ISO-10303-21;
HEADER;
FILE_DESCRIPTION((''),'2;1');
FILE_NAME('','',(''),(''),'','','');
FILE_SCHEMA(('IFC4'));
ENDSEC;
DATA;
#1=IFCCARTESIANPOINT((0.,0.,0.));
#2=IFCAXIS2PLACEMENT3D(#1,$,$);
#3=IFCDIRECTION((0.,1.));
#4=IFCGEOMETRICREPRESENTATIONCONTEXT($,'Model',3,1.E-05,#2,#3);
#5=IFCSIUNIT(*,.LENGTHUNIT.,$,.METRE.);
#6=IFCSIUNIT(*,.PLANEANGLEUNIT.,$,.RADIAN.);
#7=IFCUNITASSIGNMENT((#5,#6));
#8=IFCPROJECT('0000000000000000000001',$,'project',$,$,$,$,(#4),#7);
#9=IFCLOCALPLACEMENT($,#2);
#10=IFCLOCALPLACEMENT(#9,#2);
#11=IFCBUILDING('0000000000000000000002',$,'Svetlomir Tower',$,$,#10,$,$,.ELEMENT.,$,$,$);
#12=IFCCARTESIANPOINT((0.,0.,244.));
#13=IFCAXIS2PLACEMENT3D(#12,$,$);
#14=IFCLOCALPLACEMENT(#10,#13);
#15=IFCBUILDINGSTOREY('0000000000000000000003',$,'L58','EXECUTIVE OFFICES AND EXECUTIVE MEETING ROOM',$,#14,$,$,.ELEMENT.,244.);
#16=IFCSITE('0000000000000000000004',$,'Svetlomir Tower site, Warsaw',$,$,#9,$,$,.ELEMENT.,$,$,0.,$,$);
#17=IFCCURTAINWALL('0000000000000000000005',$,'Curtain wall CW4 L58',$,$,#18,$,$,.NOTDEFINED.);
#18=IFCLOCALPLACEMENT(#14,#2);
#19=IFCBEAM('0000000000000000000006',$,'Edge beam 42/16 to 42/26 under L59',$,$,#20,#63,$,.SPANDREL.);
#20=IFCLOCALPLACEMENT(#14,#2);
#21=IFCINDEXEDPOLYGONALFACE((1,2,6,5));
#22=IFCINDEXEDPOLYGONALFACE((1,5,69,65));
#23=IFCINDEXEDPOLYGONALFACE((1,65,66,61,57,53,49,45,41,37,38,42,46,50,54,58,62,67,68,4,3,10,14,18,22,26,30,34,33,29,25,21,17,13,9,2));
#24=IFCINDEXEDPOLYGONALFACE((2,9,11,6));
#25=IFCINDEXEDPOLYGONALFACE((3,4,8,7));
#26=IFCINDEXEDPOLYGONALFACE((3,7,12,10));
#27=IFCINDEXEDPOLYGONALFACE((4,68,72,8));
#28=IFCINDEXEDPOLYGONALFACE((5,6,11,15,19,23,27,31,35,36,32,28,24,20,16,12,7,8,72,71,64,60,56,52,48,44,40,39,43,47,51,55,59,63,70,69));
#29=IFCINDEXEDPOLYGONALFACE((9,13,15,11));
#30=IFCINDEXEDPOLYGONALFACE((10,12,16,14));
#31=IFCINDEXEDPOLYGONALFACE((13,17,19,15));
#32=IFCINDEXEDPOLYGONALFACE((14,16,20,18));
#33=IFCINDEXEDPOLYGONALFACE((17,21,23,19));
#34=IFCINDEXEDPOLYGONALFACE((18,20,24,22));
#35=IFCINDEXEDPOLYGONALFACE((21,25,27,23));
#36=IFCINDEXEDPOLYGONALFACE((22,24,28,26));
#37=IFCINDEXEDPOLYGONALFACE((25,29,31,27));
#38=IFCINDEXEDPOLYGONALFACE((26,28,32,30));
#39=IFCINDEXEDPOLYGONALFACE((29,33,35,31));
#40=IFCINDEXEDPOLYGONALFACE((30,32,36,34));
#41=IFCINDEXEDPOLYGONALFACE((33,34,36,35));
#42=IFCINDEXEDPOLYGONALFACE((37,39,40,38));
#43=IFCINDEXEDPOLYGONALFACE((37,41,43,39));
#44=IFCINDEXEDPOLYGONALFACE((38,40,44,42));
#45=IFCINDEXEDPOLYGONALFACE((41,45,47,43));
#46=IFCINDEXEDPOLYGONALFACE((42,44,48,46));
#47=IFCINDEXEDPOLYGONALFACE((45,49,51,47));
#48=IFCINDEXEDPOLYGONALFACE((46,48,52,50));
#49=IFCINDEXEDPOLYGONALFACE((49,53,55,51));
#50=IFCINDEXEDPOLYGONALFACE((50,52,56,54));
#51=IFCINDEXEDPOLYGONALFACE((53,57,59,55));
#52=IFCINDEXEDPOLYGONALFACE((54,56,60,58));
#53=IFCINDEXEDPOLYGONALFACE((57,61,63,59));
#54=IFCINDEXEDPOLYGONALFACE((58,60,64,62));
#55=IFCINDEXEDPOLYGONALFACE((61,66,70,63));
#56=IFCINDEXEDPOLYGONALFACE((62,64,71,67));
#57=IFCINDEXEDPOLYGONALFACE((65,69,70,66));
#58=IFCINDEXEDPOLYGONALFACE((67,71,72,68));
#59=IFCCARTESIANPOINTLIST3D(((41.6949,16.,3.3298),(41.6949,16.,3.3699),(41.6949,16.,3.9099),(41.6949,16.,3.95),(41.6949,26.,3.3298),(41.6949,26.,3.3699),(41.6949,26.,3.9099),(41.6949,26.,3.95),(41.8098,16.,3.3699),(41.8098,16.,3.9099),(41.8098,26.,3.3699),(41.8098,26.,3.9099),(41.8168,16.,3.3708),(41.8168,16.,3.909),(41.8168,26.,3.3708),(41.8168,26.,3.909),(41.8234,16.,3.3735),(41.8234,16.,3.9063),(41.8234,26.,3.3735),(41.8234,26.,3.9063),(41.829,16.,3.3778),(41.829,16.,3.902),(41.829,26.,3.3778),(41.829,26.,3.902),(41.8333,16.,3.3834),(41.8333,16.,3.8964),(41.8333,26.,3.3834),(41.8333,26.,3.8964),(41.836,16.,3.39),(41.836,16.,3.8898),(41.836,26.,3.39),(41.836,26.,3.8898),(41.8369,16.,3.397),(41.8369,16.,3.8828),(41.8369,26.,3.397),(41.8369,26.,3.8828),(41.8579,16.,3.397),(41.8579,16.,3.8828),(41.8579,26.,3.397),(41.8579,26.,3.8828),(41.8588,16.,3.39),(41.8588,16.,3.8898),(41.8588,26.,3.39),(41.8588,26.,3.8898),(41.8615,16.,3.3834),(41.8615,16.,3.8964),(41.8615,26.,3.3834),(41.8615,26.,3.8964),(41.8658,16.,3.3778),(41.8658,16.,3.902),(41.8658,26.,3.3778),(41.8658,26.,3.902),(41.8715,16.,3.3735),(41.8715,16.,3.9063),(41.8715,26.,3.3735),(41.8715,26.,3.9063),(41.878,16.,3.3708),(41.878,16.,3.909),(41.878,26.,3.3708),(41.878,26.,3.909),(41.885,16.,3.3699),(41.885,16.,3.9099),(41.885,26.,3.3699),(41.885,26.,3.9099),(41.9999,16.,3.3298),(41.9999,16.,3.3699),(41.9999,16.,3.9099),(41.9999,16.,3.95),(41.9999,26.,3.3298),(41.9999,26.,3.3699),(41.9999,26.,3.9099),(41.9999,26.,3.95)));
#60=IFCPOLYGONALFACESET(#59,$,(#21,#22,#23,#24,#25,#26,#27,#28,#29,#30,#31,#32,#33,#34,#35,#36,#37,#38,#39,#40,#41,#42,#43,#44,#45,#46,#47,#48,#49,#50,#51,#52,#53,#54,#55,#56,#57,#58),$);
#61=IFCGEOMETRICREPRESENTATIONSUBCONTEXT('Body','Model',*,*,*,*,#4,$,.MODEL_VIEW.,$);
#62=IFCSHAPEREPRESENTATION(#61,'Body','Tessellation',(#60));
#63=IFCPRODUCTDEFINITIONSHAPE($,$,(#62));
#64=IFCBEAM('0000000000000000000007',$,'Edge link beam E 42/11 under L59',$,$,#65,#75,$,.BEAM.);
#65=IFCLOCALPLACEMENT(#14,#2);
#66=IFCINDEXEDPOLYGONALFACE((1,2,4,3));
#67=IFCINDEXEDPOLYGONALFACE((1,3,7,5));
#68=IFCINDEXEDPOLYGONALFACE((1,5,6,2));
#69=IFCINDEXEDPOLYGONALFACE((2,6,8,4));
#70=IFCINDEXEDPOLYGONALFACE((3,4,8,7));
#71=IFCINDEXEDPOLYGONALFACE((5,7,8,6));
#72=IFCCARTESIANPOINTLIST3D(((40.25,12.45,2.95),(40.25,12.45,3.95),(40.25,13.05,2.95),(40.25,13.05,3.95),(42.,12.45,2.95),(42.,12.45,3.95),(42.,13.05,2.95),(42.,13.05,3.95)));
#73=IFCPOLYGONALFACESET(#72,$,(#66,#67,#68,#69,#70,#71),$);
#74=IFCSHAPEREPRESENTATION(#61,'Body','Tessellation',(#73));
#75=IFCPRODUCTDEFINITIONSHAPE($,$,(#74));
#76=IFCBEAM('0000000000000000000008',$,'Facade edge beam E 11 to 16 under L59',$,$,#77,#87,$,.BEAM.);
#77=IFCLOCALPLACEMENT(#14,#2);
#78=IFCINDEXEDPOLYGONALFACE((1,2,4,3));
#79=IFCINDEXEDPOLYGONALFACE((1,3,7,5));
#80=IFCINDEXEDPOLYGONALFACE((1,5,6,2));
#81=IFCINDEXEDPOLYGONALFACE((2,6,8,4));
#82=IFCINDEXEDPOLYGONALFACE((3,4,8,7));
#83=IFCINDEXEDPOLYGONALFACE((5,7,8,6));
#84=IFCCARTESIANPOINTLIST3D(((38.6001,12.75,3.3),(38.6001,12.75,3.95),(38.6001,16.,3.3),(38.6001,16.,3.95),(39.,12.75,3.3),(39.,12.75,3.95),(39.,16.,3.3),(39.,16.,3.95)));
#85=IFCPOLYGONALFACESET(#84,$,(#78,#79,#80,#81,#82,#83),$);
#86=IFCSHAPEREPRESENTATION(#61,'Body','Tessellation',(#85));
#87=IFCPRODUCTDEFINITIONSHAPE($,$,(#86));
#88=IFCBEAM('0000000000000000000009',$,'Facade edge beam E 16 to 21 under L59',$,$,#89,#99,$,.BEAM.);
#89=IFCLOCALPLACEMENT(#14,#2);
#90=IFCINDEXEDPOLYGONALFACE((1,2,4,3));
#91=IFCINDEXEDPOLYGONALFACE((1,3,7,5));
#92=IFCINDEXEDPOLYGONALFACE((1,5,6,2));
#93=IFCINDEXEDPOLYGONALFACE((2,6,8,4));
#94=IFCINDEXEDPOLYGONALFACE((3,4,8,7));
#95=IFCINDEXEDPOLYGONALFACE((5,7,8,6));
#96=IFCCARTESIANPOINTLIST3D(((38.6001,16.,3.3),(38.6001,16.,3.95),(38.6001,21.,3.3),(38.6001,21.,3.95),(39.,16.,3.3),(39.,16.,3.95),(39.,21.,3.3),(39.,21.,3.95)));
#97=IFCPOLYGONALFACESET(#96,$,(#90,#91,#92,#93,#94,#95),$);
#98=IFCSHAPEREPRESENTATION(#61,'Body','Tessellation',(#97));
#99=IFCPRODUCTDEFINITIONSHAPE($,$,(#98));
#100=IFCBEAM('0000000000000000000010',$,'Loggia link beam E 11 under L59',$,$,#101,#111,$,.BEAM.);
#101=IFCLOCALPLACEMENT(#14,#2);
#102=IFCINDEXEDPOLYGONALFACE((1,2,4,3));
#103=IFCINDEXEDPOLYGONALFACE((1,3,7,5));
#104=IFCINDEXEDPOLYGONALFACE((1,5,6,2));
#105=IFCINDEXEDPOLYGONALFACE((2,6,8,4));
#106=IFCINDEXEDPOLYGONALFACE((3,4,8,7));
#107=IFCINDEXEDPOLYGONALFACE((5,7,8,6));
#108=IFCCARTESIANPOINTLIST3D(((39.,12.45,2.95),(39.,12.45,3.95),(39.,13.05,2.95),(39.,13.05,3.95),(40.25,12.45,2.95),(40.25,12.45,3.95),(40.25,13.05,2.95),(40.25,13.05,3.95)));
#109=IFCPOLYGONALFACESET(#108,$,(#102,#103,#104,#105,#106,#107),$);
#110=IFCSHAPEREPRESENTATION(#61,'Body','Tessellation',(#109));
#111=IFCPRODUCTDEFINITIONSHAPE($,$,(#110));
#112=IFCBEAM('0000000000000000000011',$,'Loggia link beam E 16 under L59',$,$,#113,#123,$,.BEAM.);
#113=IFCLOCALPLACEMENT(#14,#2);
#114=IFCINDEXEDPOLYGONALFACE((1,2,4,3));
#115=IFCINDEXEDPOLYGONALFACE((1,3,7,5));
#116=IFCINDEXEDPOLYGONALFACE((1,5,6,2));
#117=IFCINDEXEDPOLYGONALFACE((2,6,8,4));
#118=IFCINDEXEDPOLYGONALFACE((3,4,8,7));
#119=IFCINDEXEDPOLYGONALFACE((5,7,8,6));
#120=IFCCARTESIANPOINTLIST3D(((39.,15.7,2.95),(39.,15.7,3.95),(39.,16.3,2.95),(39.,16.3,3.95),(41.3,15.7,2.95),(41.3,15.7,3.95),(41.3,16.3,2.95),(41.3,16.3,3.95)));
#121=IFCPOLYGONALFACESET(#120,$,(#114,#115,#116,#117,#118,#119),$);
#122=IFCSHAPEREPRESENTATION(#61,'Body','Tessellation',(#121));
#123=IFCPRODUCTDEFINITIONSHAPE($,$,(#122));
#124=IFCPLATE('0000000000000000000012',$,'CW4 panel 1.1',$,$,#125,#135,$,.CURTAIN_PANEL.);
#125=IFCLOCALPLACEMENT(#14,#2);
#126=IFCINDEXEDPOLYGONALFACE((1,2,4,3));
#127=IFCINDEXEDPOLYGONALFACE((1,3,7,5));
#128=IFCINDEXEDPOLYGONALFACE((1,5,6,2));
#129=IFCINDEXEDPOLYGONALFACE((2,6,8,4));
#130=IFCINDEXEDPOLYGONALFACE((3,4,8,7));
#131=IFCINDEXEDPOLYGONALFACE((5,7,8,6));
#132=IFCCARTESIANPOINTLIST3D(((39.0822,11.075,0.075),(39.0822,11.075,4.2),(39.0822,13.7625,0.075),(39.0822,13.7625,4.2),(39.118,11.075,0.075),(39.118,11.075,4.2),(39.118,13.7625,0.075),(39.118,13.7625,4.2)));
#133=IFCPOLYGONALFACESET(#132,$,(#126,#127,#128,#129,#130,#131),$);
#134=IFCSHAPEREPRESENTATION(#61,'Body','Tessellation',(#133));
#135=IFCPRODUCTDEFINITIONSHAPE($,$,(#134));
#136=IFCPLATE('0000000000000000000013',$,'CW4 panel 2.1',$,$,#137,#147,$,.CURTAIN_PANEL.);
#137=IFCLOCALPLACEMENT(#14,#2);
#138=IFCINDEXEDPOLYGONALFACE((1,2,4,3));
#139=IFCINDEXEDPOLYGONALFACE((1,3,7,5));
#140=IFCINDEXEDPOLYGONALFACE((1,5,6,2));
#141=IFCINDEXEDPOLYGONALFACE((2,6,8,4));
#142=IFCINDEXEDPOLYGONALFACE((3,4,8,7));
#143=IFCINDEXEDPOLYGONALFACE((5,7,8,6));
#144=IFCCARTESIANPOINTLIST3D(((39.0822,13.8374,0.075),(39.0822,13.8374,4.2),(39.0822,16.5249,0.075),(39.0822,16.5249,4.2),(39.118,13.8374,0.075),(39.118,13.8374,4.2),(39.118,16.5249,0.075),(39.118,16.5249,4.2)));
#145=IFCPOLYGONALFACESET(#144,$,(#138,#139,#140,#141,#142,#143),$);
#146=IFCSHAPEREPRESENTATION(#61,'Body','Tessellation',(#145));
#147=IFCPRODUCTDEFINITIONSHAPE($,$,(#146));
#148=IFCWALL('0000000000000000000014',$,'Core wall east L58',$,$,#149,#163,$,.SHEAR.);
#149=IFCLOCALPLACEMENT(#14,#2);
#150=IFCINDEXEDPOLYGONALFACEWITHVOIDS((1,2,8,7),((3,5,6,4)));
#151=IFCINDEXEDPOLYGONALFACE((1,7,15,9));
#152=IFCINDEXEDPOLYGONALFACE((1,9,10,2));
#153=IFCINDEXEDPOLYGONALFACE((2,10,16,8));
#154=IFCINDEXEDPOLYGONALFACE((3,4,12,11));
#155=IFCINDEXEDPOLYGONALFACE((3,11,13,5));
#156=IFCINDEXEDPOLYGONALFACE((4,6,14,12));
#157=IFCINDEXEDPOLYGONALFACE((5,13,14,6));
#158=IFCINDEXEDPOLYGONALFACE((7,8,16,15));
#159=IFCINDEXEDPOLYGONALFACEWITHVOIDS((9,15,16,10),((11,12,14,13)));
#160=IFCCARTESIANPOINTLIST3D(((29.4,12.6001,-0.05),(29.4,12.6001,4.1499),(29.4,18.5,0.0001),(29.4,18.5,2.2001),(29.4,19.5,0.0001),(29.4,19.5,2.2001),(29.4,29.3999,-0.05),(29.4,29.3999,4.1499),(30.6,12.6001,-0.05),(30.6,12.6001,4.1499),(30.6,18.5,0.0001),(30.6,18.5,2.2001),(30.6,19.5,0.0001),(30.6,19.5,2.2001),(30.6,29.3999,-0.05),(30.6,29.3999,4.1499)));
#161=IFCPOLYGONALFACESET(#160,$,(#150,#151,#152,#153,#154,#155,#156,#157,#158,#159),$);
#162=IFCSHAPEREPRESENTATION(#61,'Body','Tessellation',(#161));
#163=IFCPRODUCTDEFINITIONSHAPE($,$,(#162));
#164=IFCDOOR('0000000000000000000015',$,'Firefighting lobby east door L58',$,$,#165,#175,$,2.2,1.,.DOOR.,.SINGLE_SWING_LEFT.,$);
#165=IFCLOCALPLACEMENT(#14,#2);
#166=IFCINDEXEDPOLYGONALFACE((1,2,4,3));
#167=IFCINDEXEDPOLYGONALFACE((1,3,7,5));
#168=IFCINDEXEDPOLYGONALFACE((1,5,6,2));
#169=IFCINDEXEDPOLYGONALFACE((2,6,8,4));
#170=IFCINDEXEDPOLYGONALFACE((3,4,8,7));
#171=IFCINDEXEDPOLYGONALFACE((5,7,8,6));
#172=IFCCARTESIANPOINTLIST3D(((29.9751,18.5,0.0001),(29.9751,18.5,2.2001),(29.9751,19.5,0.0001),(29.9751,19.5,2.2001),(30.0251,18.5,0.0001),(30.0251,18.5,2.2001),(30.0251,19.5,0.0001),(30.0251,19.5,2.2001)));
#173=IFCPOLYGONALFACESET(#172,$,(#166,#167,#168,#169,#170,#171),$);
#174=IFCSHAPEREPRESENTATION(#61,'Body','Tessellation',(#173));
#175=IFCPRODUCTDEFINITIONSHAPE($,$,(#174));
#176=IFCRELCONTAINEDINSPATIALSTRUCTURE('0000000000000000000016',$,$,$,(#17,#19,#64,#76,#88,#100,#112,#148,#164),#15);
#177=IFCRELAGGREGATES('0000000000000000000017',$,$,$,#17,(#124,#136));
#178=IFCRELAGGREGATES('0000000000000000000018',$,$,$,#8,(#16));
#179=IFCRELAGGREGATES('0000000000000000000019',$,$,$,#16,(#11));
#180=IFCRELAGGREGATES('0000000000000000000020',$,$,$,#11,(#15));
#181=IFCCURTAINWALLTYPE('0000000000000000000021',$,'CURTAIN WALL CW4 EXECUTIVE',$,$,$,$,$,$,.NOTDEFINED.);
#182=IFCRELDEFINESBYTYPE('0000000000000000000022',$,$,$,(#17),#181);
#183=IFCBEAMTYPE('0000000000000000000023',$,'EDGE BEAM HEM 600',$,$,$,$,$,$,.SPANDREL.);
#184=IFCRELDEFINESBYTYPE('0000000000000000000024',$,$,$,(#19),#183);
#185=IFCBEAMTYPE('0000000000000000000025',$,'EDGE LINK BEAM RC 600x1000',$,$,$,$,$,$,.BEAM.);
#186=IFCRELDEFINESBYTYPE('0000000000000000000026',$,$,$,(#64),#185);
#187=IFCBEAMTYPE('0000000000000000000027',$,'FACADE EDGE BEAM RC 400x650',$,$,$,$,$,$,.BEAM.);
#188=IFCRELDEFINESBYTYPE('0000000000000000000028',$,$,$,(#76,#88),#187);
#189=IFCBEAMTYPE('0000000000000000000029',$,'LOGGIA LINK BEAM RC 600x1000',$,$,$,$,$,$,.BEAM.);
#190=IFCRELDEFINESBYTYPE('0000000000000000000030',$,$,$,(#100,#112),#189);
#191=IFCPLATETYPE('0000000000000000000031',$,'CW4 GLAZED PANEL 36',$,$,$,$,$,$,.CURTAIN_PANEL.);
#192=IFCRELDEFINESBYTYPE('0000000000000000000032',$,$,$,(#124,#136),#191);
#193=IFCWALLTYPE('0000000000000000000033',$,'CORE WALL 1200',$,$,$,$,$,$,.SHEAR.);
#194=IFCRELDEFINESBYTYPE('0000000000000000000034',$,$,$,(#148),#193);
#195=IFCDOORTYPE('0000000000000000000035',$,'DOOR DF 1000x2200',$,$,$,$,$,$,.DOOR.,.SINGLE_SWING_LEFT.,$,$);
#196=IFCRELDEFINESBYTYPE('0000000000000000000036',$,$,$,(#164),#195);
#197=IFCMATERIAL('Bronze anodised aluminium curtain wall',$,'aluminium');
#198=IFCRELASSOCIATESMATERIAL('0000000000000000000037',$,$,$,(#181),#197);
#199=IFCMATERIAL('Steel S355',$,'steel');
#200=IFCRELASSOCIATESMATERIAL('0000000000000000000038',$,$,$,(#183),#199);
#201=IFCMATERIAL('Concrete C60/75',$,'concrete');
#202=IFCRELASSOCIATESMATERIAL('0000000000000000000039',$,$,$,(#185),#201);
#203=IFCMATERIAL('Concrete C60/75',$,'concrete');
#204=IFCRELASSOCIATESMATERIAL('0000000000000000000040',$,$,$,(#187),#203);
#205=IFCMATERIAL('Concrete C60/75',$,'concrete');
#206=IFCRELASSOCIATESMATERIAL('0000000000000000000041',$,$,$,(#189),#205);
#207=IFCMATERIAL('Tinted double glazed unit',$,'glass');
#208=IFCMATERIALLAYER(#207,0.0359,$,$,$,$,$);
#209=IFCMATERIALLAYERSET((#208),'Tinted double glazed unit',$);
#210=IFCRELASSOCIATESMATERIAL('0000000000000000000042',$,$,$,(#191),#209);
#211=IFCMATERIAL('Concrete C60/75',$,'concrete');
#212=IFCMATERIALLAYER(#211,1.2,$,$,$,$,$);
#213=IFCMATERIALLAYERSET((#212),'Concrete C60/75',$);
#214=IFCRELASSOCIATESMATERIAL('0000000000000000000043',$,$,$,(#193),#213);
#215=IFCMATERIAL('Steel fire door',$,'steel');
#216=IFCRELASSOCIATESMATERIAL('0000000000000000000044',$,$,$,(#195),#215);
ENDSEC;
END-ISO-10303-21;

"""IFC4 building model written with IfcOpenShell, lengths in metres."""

from ifc_helpers import new_model, si_unit, direction, frame, frame_2d, origin, origin_2d, place, context, subcontext, project, spatial, rectangle, i_section, extrude, material, layer, layer_set, material_profile, profile_set, type_object, element, fill, aggregate, save


model = new_model("IFC4")

# Units and contexts
model_context = context("Model", 3, precision=1e-05, world=origin(), true_north=direction((0.0, 1.0)))
body_context = subcontext(model_context, "Body", "Model", "MODEL_VIEW")
ifc_project = project(units=[si_unit("LENGTHUNIT", "METRE"), si_unit("PLANEANGLEUNIT", "RADIAN")], contexts=[model_context])

# Site, building, storey
site_placement = place(None, origin())
site = spatial("IfcSite", under=ifc_project, at=site_placement, Name="Svetlomir Tower site, Warsaw", CompositionType="ELEMENT", RefElevation=0.0)
building_placement = place(site_placement, origin())
building = spatial("IfcBuilding", under=site, at=building_placement, Name="Svetlomir Tower", CompositionType="ELEMENT")
storey_placement = place(building_placement, frame((0.0, 0.0, 244.0)))
storey = spatial("IfcBuildingStorey", under=building, at=storey_placement, Name="L58", Description="EXECUTIVE OFFICES AND EXECUTIVE MEETING ROOM", CompositionType="ELEMENT", Elevation=244.0)

# Curtain wall
ifc_material_1 = material(Name="Bronze anodised aluminium curtain wall", Category="aluminium")
curtain_wall_type = type_object("IfcCurtainWallType", Name="CURTAIN WALL CW4 EXECUTIVE", PredefinedType="NOTDEFINED", material=ifc_material_1)
curtain_wall_1_placement = place(storey_placement, origin())
curtain_wall_1 = element("IfcCurtainWall", 1, at=curtain_wall_1_placement, inside=storey, type_object=curtain_wall_type, Name="Curtain wall CW4 L58", PredefinedType="NOTDEFINED")

# Beams
ifc_material_2 = material(Name="Steel S355", Category="steel")
ifc_material_profile_1 = material_profile(ifc_material_2, i_section(OverallWidth=0.3049, OverallDepth=0.6201, WebThickness=0.021, FlangeThickness=0.04, FilletRadius=0.0271, at=origin_2d()), Name="HEM 600")
ifc_profile_set_1 = profile_set([ifc_material_profile_1], Name="Steel S355")
beam_type_1 = type_object("IfcBeamType", Name="EDGE BEAM HEM 600", PredefinedType="SPANDREL", material=ifc_profile_set_1)
beam_1_placement = place(storey_placement, frame((41.8474, 16.0, 3.6399), z_axis=(0.0, 1.0, 0.0), x_axis=(-1.0, 0.0, 0.0)))
element("IfcBeam", 2, at=beam_1_placement, inside=storey, type_object=beam_type_1, Name="Edge beam 42/16 to 42/26 under L59", PredefinedType="SPANDREL", context=body_context, shape_type="SweptSolid", body=[
    extrude(i_section(OverallWidth=0.3049, OverallDepth=0.6201, WebThickness=0.021, FlangeThickness=0.04, FilletRadius=0.0271, at=origin_2d()), origin(), (0.0, 0.0, 1.0), 10.0),
])
ifc_material_3 = material(Name="Concrete C60/75", Category="concrete")
ifc_material_profile_2 = material_profile(ifc_material_3, rectangle(XDim=0.6001, YDim=1.0, at=origin_2d()), Name="RC 600x1000")
ifc_profile_set_2 = profile_set([ifc_material_profile_2], Name="Concrete C60/75")
beam_type_2 = type_object("IfcBeamType", Name="EDGE LINK BEAM RC 600x1000", PredefinedType="BEAM", material=ifc_profile_set_2)
beam_2_placement = place(storey_placement, frame((40.25, 12.75, 3.45), z_axis=(1.0, 0.0, 0.0), x_axis=(0.0, 1.0, 0.0)))
element("IfcBeam", 3, at=beam_2_placement, inside=storey, type_object=beam_type_2, Name="Edge link beam E 42/11 under L59", PredefinedType="BEAM", context=body_context, shape_type="SweptSolid", body=[
    extrude(rectangle(XDim=0.6001, YDim=1.0, at=origin_2d()), origin(), (0.0, 0.0, 1.0), 1.75),
])
ifc_material_4 = material(Name="Concrete C60/75", Category="concrete")
ifc_material_profile_3 = material_profile(ifc_material_4, rectangle(XDim=0.3999, YDim=0.6499, at=origin_2d()), Name="RC 400x650")
ifc_profile_set_3 = profile_set([ifc_material_profile_3], Name="Concrete C60/75")
beam_type_3 = type_object("IfcBeamType", Name="FACADE EDGE BEAM RC 400x650", PredefinedType="BEAM", material=ifc_profile_set_3)
beam_3_placement = place(storey_placement, frame((38.8, 12.75, 3.625), z_axis=(0.0, 1.0, 0.0), x_axis=(-1.0, 0.0, 0.0)))
element("IfcBeam", 4, at=beam_3_placement, inside=storey, type_object=beam_type_3, Name="Facade edge beam E 11 to 16 under L59", PredefinedType="BEAM", context=body_context, shape_type="SweptSolid", body=[
    extrude(rectangle(XDim=0.3999, YDim=0.6499, at=origin_2d()), origin(), (0.0, 0.0, 1.0), 3.25),
])
beam_4_placement = place(storey_placement, frame((38.8, 16.0, 3.625), z_axis=(0.0, 1.0, 0.0), x_axis=(-1.0, 0.0, 0.0)))
element("IfcBeam", 5, at=beam_4_placement, inside=storey, type_object=beam_type_3, Name="Facade edge beam E 16 to 21 under L59", PredefinedType="BEAM", context=body_context, shape_type="SweptSolid", body=[
    extrude(rectangle(XDim=0.3999, YDim=0.6499, at=origin_2d()), origin(), (0.0, 0.0, 1.0), 5.0),
])
ifc_material_5 = material(Name="Concrete C60/75", Category="concrete")
ifc_material_profile_4 = material_profile(ifc_material_5, rectangle(XDim=0.6001, YDim=1.0, at=origin_2d()), Name="RC 600x1000")
ifc_profile_set_4 = profile_set([ifc_material_profile_4], Name="Concrete C60/75")
beam_type_4 = type_object("IfcBeamType", Name="LOGGIA LINK BEAM RC 600x1000", PredefinedType="BEAM", material=ifc_profile_set_4)
beam_5_placement = place(storey_placement, frame((40.25, 12.75, 3.45), z_axis=(-1.0, 0.0, 0.0), x_axis=(0.0, -1.0, 0.0)))
element("IfcBeam", 6, at=beam_5_placement, inside=storey, type_object=beam_type_4, Name="Loggia link beam E 11 under L59", PredefinedType="BEAM", context=body_context, shape_type="SweptSolid", body=[
    extrude(rectangle(XDim=0.6001, YDim=1.0, at=origin_2d()), origin(), (0.0, 0.0, 1.0), 1.25),
])
beam_6_placement = place(storey_placement, frame((41.3, 16.0, 3.45), z_axis=(-1.0, 0.0, 0.0), x_axis=(0.0, -1.0, 0.0)))
element("IfcBeam", 7, at=beam_6_placement, inside=storey, type_object=beam_type_4, Name="Loggia link beam E 16 under L59", PredefinedType="BEAM", context=body_context, shape_type="SweptSolid", body=[
    extrude(rectangle(XDim=0.6001, YDim=1.0, at=origin_2d()), origin(), (0.0, 0.0, 1.0), 2.3),
])

# Plates
ifc_material_6 = material(Name="Tinted double glazed unit", Category="glass")
ifc_layer_1 = layer(ifc_material_6, 0.0359)
ifc_layer_set_1 = layer_set([ifc_layer_1], Name="Tinted double glazed unit")
plate_type = type_object("IfcPlateType", Name="CW4 GLAZED PANEL 36", PredefinedType="CURTAIN_PANEL", material=ifc_layer_set_1)
plate_1_placement = place(storey_placement, frame((39.1001, 12.4187, 0.075), z_axis=(0.0, 0.0, 1.0), x_axis=(0.0, 1.0, 0.0)))
plate_1 = element("IfcPlate", 8, at=plate_1_placement, type_object=plate_type, Name="CW4 panel 1.1", PredefinedType="CURTAIN_PANEL", context=body_context, shape_type="SweptSolid", body=[
    extrude(rectangle(XDim=2.6875, YDim=0.0359, at=origin_2d()), origin(), (0.0, 0.0, 1.0), 4.125),
])
plate_2_placement = place(storey_placement, frame((39.1001, 15.1812, 0.075), z_axis=(0.0, 0.0, 1.0), x_axis=(0.0, 1.0, 0.0)))
plate_2 = element("IfcPlate", 9, at=plate_2_placement, type_object=plate_type, Name="CW4 panel 2.1", PredefinedType="CURTAIN_PANEL", context=body_context, shape_type="SweptSolid", body=[
    extrude(rectangle(XDim=2.6875, YDim=0.0359, at=origin_2d()), origin(), (0.0, 0.0, 1.0), 4.125),
])
aggregate(curtain_wall_1, [plate_1, plate_2])

# Wall, opening, door
ifc_material_7 = material(Name="Concrete C60/75", Category="concrete")
ifc_layer_2 = layer(ifc_material_7, 1.2)
ifc_layer_set_2 = layer_set([ifc_layer_2], Name="Concrete C60/75")
wall_type_1 = type_object("IfcWallType", Name="CORE WALL 1200", PredefinedType="SHEAR", material=ifc_layer_set_2)
wall_1_placement = place(storey_placement, frame((30.0, 12.6001, -0.05), z_axis=(0.0, 0.0, 1.0), x_axis=(0.0, 1.0, 0.0)))
wall_1 = element("IfcWall", 10, at=wall_1_placement, inside=storey, type_object=wall_type_1, Name="Core wall east L58", PredefinedType="SHEAR", context=body_context, shape_type="SweptSolid", body=[
    extrude(rectangle(XDim=16.7998, YDim=1.2, at=frame_2d((8.3999, 0.0))), origin(), (0.0, 0.0, 1.0), 4.2),
])
opening_1_placement = place(wall_1_placement, frame((5.8999, 0.0, 0.05)))
opening_1 = element("IfcOpeningElement", 11, at=opening_1_placement, cuts=wall_1, PredefinedType="OPENING", context=body_context, shape_type="SweptSolid", body=[
    extrude(rectangle(XDim=1.0, YDim=2.2, at=frame_2d((0.5, 1.1001))), frame((0.0, 0.6099, 0.0), z_axis=(0.0, -1.0, 0.0), x_axis=(1.0, 0.0, 0.0)), (0.0, 0.0, 1.0), 1.22),
])
ifc_material_8 = material(Name="Steel fire door", Category="steel")
door_type_1 = type_object("IfcDoorType", Name="DOOR DF 1000x2200", OperationType="SINGLE_SWING_LEFT", PredefinedType="DOOR", material=ifc_material_8)
door_1_placement = place(opening_1_placement, origin())
door_1 = element("IfcDoor", 12, at=door_1_placement, inside=storey, type_object=door_type_1, Name="Firefighting lobby east door L58", OperationType="SINGLE_SWING_LEFT", OverallHeight=2.2, OverallWidth=1.0, PredefinedType="DOOR", context=body_context, shape_type="SweptSolid", body=[
    extrude(rectangle(XDim=1.0, YDim=2.2, at=frame_2d((0.5, 1.1001))), frame((0.0, 0.0249, 0.0), z_axis=(0.0, -1.0, 0.0), x_axis=(1.0, 0.0, 0.0)), (0.0, 0.0, 1.0), 0.05),
])
fill(opening_1, door_1)

save(model, "model.ifc")
